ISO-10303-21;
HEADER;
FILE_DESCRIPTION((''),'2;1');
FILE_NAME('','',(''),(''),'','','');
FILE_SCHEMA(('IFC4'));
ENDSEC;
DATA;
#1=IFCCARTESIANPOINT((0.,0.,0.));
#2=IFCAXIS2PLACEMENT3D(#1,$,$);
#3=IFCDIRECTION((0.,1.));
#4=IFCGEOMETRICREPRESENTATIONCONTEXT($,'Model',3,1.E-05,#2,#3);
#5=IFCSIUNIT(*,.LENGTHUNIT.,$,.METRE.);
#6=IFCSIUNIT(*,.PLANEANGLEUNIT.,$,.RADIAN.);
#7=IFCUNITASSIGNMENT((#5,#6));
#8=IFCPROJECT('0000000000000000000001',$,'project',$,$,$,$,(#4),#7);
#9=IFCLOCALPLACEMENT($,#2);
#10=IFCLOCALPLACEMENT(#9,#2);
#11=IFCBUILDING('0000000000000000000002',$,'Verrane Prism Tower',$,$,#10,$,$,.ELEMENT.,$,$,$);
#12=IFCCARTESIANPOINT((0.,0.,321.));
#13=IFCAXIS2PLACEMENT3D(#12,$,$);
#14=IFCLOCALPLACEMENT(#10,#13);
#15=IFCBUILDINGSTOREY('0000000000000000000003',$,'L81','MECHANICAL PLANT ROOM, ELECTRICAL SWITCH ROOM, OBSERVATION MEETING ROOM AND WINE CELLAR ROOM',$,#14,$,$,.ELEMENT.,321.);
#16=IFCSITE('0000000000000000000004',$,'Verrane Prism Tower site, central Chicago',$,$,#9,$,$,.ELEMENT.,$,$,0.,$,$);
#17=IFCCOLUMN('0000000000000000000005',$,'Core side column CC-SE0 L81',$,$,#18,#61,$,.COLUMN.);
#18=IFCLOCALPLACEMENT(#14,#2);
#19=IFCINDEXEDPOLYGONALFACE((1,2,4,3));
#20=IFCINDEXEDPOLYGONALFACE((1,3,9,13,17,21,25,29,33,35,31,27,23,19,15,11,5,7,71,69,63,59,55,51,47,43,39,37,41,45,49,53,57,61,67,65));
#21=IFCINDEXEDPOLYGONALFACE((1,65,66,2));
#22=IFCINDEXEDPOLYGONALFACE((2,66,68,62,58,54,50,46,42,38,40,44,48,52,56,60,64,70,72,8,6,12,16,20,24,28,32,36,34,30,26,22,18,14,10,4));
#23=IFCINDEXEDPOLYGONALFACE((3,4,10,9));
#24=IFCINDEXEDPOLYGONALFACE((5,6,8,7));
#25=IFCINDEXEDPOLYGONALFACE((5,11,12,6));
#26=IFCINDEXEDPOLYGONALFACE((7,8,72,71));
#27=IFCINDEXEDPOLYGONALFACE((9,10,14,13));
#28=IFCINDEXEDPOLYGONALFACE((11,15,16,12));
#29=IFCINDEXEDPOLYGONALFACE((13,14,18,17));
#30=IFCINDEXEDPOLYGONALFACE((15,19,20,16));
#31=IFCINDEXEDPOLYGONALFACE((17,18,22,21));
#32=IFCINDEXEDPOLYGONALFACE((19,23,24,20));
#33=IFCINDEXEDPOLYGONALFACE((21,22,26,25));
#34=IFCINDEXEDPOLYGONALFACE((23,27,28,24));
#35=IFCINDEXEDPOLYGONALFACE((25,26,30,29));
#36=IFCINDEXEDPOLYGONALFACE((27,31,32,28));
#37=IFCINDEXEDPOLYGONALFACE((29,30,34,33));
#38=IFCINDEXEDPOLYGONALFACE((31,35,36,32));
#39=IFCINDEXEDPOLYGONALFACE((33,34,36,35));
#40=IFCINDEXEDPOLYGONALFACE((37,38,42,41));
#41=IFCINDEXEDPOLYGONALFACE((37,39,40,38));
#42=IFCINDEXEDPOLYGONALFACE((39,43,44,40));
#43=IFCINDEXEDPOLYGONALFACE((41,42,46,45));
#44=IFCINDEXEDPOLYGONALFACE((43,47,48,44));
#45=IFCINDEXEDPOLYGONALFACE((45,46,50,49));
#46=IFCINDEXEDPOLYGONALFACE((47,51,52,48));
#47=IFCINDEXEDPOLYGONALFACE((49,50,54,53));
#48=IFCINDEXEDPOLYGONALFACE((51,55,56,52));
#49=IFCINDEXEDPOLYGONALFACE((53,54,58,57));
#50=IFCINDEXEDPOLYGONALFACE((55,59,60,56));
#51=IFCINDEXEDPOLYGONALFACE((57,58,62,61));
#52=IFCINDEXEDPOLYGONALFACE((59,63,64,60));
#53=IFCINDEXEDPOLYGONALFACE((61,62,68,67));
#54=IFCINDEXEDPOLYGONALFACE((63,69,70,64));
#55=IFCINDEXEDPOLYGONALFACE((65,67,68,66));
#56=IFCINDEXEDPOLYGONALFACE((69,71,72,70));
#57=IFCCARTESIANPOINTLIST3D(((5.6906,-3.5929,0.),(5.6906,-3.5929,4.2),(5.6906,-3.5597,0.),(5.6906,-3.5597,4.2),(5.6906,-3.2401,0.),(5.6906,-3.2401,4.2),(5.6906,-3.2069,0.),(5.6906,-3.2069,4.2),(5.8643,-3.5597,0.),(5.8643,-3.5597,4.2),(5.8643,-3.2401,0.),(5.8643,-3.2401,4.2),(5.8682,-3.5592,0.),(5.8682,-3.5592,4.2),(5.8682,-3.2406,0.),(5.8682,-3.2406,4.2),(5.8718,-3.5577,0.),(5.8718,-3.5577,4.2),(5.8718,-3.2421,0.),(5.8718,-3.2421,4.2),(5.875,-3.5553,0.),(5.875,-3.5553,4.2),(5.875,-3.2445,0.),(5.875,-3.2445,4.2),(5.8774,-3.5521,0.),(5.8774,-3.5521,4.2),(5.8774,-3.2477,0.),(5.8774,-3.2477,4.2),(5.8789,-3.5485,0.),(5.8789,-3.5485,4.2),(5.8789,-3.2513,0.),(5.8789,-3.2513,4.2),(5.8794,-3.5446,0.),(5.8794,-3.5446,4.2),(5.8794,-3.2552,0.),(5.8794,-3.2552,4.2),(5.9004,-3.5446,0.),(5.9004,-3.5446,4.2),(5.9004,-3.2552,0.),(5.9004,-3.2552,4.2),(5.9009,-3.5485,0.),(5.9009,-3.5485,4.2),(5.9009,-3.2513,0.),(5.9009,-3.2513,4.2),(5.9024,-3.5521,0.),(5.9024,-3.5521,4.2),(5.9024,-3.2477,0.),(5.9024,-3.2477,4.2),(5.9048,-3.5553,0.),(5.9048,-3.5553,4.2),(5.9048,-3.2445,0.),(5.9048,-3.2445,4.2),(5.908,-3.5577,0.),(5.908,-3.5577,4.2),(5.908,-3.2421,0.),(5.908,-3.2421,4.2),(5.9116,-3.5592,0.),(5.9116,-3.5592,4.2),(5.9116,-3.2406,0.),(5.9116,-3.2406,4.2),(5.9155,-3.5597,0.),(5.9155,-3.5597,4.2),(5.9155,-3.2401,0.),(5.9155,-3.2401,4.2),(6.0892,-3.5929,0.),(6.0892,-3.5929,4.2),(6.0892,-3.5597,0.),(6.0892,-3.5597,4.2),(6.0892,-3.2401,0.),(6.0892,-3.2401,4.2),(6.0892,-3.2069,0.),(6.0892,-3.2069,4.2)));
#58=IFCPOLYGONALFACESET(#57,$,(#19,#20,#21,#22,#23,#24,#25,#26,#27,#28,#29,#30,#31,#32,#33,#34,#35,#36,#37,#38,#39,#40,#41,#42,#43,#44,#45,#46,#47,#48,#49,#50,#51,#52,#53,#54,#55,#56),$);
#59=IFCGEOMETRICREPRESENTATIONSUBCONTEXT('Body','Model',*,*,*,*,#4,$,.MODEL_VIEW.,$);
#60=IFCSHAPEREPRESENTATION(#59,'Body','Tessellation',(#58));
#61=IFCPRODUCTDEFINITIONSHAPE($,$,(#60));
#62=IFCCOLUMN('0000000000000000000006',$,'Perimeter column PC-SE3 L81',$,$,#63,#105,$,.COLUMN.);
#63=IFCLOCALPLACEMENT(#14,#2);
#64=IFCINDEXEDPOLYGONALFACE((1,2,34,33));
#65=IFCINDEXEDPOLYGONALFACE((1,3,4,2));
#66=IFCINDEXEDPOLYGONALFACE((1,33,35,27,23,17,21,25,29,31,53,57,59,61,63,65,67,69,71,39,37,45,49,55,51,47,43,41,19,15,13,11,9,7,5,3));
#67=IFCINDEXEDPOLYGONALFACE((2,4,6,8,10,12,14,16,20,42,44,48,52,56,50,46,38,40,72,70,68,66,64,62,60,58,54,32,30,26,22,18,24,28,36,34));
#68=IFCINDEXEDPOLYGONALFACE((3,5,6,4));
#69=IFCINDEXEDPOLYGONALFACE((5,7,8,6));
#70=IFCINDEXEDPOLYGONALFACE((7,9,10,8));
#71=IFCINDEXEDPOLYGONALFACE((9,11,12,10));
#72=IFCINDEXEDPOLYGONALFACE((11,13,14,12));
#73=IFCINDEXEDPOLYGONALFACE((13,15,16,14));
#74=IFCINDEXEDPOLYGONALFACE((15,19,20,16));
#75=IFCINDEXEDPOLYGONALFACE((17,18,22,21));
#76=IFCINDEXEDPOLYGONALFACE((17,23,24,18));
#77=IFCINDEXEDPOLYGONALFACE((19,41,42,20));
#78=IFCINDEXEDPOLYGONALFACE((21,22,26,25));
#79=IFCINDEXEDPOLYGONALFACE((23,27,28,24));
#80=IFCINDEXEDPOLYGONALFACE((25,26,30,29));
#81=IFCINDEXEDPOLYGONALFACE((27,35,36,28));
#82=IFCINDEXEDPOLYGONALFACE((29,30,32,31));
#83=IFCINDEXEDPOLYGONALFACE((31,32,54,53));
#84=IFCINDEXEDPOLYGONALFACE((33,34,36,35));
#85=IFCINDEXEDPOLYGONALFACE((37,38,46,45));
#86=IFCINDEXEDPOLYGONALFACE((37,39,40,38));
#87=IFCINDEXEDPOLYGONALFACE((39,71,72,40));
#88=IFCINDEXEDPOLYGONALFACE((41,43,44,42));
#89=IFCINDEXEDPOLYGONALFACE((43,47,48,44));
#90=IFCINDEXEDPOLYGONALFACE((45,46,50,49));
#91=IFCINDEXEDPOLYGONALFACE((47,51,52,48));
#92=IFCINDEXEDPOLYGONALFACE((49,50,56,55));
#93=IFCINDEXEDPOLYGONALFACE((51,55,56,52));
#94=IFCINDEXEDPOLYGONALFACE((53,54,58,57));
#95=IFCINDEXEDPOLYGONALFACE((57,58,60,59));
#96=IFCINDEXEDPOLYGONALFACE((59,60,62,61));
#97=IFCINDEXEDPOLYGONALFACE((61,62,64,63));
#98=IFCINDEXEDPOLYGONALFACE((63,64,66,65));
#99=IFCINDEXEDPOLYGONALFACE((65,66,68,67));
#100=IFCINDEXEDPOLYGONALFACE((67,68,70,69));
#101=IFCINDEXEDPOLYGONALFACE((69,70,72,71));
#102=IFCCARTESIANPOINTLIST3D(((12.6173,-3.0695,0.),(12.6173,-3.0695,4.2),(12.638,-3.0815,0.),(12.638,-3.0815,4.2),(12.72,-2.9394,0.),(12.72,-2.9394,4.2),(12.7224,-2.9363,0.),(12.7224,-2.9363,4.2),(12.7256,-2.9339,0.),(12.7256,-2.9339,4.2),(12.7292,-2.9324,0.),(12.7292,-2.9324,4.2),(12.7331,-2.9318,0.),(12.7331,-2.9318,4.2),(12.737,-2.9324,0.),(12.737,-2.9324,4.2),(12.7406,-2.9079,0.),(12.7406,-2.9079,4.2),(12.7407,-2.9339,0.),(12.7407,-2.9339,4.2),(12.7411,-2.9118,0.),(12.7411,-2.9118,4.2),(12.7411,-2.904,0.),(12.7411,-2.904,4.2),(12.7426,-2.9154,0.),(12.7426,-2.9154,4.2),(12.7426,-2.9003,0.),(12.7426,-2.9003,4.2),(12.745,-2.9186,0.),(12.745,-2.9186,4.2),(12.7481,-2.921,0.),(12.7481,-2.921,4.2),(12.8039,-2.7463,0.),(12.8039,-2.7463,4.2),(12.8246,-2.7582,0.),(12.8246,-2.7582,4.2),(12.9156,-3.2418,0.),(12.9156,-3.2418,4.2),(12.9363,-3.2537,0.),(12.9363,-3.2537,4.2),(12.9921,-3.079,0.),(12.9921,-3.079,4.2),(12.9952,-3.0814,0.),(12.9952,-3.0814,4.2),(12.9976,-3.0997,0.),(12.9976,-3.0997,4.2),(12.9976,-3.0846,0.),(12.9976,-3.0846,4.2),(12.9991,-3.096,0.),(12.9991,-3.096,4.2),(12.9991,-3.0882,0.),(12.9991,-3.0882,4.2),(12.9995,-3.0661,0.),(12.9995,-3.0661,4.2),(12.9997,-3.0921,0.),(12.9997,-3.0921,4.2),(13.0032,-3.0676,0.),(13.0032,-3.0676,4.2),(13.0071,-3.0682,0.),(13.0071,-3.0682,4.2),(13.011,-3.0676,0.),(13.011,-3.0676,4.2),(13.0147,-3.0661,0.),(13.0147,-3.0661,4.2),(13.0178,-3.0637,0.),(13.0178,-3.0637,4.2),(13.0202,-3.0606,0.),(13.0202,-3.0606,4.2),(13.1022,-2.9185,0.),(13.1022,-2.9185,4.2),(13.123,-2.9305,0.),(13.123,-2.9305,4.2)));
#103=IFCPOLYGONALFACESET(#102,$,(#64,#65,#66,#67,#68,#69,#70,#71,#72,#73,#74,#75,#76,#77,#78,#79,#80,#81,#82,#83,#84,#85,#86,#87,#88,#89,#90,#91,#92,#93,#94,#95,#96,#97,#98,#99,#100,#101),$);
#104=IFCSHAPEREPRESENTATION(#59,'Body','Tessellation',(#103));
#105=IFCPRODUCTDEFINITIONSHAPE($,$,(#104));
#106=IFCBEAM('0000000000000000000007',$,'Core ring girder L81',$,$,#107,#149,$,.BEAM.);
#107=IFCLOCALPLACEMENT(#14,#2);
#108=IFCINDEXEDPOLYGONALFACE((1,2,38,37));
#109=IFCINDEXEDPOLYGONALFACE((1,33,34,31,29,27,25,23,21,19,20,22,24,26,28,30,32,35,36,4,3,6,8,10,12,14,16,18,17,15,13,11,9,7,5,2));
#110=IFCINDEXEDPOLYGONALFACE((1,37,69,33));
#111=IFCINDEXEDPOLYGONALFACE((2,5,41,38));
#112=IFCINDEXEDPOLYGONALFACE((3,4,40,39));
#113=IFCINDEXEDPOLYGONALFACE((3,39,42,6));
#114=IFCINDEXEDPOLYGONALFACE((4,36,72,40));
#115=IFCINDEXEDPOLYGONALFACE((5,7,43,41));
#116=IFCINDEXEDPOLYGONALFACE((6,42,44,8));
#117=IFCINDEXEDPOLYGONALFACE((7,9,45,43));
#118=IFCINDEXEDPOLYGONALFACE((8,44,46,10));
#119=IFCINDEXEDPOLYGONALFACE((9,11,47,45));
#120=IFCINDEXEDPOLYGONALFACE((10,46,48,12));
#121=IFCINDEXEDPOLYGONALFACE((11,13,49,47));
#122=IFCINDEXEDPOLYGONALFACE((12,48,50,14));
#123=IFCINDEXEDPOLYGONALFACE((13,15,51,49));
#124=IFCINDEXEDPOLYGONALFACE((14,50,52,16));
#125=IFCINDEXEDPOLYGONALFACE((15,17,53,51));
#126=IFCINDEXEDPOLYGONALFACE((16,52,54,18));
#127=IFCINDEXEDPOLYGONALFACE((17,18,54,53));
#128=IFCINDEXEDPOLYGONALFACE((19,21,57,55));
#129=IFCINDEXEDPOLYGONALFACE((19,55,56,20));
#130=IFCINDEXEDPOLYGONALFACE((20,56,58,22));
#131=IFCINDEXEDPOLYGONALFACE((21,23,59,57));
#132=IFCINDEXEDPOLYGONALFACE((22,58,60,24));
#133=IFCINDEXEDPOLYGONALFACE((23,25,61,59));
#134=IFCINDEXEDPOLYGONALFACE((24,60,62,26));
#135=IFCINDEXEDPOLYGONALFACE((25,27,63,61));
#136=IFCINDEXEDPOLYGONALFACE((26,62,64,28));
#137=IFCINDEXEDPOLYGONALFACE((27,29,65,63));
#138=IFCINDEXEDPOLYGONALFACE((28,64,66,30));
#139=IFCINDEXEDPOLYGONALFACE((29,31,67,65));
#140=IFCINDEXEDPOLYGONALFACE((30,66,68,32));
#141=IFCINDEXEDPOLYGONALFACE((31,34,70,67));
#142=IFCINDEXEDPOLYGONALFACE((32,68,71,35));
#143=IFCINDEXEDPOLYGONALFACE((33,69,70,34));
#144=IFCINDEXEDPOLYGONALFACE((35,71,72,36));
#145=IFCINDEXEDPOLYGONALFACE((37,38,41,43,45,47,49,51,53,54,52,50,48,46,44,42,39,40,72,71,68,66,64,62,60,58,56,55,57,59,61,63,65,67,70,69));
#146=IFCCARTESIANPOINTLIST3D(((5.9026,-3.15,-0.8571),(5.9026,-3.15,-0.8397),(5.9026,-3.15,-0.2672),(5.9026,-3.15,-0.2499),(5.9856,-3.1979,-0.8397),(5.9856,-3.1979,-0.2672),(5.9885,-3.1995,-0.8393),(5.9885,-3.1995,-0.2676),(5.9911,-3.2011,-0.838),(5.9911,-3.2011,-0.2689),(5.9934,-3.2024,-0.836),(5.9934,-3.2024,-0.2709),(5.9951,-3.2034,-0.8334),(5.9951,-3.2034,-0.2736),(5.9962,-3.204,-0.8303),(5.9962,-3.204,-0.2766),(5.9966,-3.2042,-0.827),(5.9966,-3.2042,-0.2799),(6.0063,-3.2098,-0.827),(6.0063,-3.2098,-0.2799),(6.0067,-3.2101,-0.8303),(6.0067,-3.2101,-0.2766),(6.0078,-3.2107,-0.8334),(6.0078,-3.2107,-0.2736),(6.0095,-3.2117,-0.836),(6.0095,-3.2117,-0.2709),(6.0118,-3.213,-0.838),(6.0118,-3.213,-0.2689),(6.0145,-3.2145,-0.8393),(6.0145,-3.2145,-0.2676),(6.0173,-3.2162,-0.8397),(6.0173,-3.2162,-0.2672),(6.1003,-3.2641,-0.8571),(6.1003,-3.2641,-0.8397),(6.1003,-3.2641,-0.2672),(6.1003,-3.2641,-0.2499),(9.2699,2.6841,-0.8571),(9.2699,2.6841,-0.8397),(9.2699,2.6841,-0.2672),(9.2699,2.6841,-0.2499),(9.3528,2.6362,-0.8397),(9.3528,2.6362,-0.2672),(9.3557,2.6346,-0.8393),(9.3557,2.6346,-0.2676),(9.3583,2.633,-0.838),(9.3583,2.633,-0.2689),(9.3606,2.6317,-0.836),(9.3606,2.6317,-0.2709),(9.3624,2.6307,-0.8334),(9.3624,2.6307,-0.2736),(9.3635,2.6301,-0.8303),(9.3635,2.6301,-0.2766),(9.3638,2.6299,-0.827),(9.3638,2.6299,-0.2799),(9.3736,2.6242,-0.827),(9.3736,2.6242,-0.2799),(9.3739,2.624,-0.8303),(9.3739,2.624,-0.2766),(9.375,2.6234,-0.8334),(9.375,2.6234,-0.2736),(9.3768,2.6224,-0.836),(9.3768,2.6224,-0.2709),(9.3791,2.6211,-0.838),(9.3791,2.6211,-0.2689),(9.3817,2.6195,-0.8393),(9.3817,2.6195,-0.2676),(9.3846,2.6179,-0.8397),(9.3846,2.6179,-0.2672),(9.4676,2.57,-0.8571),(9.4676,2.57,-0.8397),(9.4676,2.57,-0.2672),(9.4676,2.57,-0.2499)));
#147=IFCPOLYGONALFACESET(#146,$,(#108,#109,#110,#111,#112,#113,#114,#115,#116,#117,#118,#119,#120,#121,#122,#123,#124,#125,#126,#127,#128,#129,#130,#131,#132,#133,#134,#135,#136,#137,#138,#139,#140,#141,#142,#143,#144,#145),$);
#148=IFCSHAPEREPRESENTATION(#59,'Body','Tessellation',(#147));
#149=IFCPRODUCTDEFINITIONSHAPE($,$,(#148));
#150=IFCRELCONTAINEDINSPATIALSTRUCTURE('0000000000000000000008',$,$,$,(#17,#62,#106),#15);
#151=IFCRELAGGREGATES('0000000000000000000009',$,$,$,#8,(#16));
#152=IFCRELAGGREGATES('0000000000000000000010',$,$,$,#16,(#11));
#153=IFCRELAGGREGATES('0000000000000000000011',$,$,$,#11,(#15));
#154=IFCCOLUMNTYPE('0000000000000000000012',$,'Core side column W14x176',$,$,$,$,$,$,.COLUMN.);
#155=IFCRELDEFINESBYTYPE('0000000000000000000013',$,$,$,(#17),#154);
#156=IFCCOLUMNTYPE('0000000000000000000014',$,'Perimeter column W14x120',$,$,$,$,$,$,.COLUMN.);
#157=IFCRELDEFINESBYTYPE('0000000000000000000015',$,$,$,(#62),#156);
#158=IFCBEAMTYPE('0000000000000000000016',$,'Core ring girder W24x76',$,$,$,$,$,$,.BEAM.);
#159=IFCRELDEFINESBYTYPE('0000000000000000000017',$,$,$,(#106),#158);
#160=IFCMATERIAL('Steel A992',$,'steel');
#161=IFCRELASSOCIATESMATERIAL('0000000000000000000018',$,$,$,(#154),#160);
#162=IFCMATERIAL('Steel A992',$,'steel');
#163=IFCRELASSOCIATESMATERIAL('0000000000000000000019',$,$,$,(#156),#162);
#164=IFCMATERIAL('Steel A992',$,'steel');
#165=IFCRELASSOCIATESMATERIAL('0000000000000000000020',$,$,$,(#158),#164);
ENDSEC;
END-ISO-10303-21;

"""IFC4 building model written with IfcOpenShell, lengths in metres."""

from ifc_helpers import new_model, si_unit, direction, frame, origin, origin_2d, place, context, subcontext, project, spatial, i_section, extrude, material, material_profile, profile_set, type_object, element, save


model = new_model("IFC4")

# Units and contexts
model_context = context("Model", 3, precision=1e-05, world=origin(), true_north=direction((0.0, 1.0)))
body_context = subcontext(model_context, "Body", "Model", "MODEL_VIEW")
ifc_project = project(units=[si_unit("LENGTHUNIT", "METRE"), si_unit("PLANEANGLEUNIT", "RADIAN")], contexts=[model_context])

# Site, building, storey
site_placement = place(None, origin())
site = spatial("IfcSite", under=ifc_project, at=site_placement, Name="Verrane Prism Tower site, central Chicago", CompositionType="ELEMENT", RefElevation=0.0)
building_placement = place(site_placement, origin())
building = spatial("IfcBuilding", under=site, at=building_placement, Name="Verrane Prism Tower", CompositionType="ELEMENT")
storey_placement = place(building_placement, frame((0.0, 0.0, 321.0)))
storey = spatial("IfcBuildingStorey", under=building, at=storey_placement, Name="L81", Description="MECHANICAL PLANT ROOM, ELECTRICAL SWITCH ROOM, OBSERVATION MEETING ROOM AND WINE CELLAR ROOM", CompositionType="ELEMENT", Elevation=321.0)

# Columns
ifc_material_1 = material(Name="Steel A992", Category="steel")
ifc_material_profile_1 = material_profile(ifc_material_1, i_section(OverallWidth=0.3987, OverallDepth=0.386, WebThickness=0.021, FlangeThickness=0.0332, FilletRadius=0.0151, at=origin_2d()), Name="W14x176")
ifc_profile_set_1 = profile_set([ifc_material_profile_1], Name="Steel A992")
column_type_1 = type_object("IfcColumnType", Name="Core side column W14x176", PredefinedType="COLUMN", material=ifc_profile_set_1)
column_1_placement = place(storey_placement, frame((5.8899, -3.3999, 0.0), z_axis=(0.0, 0.0, 1.0), x_axis=(1.0, 0.0, 0.0)))
element("IfcColumn", 1, at=column_1_placement, inside=storey, type_object=column_type_1, Name="Core side column CC-SE0 L81", PredefinedType="COLUMN", context=body_context, shape_type="SweptSolid", body=[
    extrude(i_section(OverallWidth=0.3987, OverallDepth=0.386, WebThickness=0.021, FlangeThickness=0.0332, FilletRadius=0.0151, at=origin_2d()), origin(), (0.0, 0.0, 1.0), 4.2),
])
ifc_material_2 = material(Name="Steel A992", Category="steel")
ifc_material_profile_2 = material_profile(ifc_material_2, i_section(OverallWidth=0.3733, OverallDepth=0.3684, WebThickness=0.0149, FlangeThickness=0.0239, FilletRadius=0.0151, at=origin_2d()), Name="W14x120")
ifc_profile_set_2 = profile_set([ifc_material_profile_2], Name="Steel A992")
column_type_2 = type_object("IfcColumnType", Name="Perimeter column W14x120", PredefinedType="COLUMN", material=ifc_profile_set_2)
column_2_placement = place(storey_placement, frame((12.8701, -3.0, 0.0), z_axis=(0.0, 0.0, 1.0), x_axis=(-0.5, -0.866025, 0.0)))
element("IfcColumn", 2, at=column_2_placement, inside=storey, type_object=column_type_2, Name="Perimeter column PC-SE3 L81", PredefinedType="COLUMN", context=body_context, shape_type="SweptSolid", body=[
    extrude(i_section(OverallWidth=0.3733, OverallDepth=0.3684, WebThickness=0.0149, FlangeThickness=0.0239, FilletRadius=0.0151, at=origin_2d()), origin(), (0.0, 0.0, 1.0), 4.2),
])

# Beam
ifc_material_3 = material(Name="Steel A992", Category="steel")
ifc_material_profile_3 = material_profile(ifc_material_3, i_section(OverallWidth=0.2283, OverallDepth=0.6072, WebThickness=0.0112, FlangeThickness=0.0173, FilletRadius=0.0127, at=origin_2d()), Name="W24x76")
ifc_profile_set_3 = profile_set([ifc_material_profile_3], Name="Steel A992")
beam_type_1 = type_object("IfcBeamType", Name="Core ring girder W24x76", PredefinedType="BEAM", material=ifc_profile_set_3)
beam_1_placement = place(storey_placement, frame((6.0015, -3.207, -0.5535), z_axis=(0.499881, 0.866094, 0.0), x_axis=(-0.866094, 0.499881, 0.0)))
element("IfcBeam", 3, at=beam_1_placement, inside=storey, type_object=beam_type_1, Name="Core ring girder L81", PredefinedType="BEAM", context=body_context, shape_type="SweptSolid", body=[
    extrude(i_section(OverallWidth=0.2283, OverallDepth=0.6072, WebThickness=0.0112, FlangeThickness=0.0173, FilletRadius=0.0127, at=origin_2d()), origin(), (0.0, 0.0, 1.0), 6.7361),
])

save(model, "model.ifc")
